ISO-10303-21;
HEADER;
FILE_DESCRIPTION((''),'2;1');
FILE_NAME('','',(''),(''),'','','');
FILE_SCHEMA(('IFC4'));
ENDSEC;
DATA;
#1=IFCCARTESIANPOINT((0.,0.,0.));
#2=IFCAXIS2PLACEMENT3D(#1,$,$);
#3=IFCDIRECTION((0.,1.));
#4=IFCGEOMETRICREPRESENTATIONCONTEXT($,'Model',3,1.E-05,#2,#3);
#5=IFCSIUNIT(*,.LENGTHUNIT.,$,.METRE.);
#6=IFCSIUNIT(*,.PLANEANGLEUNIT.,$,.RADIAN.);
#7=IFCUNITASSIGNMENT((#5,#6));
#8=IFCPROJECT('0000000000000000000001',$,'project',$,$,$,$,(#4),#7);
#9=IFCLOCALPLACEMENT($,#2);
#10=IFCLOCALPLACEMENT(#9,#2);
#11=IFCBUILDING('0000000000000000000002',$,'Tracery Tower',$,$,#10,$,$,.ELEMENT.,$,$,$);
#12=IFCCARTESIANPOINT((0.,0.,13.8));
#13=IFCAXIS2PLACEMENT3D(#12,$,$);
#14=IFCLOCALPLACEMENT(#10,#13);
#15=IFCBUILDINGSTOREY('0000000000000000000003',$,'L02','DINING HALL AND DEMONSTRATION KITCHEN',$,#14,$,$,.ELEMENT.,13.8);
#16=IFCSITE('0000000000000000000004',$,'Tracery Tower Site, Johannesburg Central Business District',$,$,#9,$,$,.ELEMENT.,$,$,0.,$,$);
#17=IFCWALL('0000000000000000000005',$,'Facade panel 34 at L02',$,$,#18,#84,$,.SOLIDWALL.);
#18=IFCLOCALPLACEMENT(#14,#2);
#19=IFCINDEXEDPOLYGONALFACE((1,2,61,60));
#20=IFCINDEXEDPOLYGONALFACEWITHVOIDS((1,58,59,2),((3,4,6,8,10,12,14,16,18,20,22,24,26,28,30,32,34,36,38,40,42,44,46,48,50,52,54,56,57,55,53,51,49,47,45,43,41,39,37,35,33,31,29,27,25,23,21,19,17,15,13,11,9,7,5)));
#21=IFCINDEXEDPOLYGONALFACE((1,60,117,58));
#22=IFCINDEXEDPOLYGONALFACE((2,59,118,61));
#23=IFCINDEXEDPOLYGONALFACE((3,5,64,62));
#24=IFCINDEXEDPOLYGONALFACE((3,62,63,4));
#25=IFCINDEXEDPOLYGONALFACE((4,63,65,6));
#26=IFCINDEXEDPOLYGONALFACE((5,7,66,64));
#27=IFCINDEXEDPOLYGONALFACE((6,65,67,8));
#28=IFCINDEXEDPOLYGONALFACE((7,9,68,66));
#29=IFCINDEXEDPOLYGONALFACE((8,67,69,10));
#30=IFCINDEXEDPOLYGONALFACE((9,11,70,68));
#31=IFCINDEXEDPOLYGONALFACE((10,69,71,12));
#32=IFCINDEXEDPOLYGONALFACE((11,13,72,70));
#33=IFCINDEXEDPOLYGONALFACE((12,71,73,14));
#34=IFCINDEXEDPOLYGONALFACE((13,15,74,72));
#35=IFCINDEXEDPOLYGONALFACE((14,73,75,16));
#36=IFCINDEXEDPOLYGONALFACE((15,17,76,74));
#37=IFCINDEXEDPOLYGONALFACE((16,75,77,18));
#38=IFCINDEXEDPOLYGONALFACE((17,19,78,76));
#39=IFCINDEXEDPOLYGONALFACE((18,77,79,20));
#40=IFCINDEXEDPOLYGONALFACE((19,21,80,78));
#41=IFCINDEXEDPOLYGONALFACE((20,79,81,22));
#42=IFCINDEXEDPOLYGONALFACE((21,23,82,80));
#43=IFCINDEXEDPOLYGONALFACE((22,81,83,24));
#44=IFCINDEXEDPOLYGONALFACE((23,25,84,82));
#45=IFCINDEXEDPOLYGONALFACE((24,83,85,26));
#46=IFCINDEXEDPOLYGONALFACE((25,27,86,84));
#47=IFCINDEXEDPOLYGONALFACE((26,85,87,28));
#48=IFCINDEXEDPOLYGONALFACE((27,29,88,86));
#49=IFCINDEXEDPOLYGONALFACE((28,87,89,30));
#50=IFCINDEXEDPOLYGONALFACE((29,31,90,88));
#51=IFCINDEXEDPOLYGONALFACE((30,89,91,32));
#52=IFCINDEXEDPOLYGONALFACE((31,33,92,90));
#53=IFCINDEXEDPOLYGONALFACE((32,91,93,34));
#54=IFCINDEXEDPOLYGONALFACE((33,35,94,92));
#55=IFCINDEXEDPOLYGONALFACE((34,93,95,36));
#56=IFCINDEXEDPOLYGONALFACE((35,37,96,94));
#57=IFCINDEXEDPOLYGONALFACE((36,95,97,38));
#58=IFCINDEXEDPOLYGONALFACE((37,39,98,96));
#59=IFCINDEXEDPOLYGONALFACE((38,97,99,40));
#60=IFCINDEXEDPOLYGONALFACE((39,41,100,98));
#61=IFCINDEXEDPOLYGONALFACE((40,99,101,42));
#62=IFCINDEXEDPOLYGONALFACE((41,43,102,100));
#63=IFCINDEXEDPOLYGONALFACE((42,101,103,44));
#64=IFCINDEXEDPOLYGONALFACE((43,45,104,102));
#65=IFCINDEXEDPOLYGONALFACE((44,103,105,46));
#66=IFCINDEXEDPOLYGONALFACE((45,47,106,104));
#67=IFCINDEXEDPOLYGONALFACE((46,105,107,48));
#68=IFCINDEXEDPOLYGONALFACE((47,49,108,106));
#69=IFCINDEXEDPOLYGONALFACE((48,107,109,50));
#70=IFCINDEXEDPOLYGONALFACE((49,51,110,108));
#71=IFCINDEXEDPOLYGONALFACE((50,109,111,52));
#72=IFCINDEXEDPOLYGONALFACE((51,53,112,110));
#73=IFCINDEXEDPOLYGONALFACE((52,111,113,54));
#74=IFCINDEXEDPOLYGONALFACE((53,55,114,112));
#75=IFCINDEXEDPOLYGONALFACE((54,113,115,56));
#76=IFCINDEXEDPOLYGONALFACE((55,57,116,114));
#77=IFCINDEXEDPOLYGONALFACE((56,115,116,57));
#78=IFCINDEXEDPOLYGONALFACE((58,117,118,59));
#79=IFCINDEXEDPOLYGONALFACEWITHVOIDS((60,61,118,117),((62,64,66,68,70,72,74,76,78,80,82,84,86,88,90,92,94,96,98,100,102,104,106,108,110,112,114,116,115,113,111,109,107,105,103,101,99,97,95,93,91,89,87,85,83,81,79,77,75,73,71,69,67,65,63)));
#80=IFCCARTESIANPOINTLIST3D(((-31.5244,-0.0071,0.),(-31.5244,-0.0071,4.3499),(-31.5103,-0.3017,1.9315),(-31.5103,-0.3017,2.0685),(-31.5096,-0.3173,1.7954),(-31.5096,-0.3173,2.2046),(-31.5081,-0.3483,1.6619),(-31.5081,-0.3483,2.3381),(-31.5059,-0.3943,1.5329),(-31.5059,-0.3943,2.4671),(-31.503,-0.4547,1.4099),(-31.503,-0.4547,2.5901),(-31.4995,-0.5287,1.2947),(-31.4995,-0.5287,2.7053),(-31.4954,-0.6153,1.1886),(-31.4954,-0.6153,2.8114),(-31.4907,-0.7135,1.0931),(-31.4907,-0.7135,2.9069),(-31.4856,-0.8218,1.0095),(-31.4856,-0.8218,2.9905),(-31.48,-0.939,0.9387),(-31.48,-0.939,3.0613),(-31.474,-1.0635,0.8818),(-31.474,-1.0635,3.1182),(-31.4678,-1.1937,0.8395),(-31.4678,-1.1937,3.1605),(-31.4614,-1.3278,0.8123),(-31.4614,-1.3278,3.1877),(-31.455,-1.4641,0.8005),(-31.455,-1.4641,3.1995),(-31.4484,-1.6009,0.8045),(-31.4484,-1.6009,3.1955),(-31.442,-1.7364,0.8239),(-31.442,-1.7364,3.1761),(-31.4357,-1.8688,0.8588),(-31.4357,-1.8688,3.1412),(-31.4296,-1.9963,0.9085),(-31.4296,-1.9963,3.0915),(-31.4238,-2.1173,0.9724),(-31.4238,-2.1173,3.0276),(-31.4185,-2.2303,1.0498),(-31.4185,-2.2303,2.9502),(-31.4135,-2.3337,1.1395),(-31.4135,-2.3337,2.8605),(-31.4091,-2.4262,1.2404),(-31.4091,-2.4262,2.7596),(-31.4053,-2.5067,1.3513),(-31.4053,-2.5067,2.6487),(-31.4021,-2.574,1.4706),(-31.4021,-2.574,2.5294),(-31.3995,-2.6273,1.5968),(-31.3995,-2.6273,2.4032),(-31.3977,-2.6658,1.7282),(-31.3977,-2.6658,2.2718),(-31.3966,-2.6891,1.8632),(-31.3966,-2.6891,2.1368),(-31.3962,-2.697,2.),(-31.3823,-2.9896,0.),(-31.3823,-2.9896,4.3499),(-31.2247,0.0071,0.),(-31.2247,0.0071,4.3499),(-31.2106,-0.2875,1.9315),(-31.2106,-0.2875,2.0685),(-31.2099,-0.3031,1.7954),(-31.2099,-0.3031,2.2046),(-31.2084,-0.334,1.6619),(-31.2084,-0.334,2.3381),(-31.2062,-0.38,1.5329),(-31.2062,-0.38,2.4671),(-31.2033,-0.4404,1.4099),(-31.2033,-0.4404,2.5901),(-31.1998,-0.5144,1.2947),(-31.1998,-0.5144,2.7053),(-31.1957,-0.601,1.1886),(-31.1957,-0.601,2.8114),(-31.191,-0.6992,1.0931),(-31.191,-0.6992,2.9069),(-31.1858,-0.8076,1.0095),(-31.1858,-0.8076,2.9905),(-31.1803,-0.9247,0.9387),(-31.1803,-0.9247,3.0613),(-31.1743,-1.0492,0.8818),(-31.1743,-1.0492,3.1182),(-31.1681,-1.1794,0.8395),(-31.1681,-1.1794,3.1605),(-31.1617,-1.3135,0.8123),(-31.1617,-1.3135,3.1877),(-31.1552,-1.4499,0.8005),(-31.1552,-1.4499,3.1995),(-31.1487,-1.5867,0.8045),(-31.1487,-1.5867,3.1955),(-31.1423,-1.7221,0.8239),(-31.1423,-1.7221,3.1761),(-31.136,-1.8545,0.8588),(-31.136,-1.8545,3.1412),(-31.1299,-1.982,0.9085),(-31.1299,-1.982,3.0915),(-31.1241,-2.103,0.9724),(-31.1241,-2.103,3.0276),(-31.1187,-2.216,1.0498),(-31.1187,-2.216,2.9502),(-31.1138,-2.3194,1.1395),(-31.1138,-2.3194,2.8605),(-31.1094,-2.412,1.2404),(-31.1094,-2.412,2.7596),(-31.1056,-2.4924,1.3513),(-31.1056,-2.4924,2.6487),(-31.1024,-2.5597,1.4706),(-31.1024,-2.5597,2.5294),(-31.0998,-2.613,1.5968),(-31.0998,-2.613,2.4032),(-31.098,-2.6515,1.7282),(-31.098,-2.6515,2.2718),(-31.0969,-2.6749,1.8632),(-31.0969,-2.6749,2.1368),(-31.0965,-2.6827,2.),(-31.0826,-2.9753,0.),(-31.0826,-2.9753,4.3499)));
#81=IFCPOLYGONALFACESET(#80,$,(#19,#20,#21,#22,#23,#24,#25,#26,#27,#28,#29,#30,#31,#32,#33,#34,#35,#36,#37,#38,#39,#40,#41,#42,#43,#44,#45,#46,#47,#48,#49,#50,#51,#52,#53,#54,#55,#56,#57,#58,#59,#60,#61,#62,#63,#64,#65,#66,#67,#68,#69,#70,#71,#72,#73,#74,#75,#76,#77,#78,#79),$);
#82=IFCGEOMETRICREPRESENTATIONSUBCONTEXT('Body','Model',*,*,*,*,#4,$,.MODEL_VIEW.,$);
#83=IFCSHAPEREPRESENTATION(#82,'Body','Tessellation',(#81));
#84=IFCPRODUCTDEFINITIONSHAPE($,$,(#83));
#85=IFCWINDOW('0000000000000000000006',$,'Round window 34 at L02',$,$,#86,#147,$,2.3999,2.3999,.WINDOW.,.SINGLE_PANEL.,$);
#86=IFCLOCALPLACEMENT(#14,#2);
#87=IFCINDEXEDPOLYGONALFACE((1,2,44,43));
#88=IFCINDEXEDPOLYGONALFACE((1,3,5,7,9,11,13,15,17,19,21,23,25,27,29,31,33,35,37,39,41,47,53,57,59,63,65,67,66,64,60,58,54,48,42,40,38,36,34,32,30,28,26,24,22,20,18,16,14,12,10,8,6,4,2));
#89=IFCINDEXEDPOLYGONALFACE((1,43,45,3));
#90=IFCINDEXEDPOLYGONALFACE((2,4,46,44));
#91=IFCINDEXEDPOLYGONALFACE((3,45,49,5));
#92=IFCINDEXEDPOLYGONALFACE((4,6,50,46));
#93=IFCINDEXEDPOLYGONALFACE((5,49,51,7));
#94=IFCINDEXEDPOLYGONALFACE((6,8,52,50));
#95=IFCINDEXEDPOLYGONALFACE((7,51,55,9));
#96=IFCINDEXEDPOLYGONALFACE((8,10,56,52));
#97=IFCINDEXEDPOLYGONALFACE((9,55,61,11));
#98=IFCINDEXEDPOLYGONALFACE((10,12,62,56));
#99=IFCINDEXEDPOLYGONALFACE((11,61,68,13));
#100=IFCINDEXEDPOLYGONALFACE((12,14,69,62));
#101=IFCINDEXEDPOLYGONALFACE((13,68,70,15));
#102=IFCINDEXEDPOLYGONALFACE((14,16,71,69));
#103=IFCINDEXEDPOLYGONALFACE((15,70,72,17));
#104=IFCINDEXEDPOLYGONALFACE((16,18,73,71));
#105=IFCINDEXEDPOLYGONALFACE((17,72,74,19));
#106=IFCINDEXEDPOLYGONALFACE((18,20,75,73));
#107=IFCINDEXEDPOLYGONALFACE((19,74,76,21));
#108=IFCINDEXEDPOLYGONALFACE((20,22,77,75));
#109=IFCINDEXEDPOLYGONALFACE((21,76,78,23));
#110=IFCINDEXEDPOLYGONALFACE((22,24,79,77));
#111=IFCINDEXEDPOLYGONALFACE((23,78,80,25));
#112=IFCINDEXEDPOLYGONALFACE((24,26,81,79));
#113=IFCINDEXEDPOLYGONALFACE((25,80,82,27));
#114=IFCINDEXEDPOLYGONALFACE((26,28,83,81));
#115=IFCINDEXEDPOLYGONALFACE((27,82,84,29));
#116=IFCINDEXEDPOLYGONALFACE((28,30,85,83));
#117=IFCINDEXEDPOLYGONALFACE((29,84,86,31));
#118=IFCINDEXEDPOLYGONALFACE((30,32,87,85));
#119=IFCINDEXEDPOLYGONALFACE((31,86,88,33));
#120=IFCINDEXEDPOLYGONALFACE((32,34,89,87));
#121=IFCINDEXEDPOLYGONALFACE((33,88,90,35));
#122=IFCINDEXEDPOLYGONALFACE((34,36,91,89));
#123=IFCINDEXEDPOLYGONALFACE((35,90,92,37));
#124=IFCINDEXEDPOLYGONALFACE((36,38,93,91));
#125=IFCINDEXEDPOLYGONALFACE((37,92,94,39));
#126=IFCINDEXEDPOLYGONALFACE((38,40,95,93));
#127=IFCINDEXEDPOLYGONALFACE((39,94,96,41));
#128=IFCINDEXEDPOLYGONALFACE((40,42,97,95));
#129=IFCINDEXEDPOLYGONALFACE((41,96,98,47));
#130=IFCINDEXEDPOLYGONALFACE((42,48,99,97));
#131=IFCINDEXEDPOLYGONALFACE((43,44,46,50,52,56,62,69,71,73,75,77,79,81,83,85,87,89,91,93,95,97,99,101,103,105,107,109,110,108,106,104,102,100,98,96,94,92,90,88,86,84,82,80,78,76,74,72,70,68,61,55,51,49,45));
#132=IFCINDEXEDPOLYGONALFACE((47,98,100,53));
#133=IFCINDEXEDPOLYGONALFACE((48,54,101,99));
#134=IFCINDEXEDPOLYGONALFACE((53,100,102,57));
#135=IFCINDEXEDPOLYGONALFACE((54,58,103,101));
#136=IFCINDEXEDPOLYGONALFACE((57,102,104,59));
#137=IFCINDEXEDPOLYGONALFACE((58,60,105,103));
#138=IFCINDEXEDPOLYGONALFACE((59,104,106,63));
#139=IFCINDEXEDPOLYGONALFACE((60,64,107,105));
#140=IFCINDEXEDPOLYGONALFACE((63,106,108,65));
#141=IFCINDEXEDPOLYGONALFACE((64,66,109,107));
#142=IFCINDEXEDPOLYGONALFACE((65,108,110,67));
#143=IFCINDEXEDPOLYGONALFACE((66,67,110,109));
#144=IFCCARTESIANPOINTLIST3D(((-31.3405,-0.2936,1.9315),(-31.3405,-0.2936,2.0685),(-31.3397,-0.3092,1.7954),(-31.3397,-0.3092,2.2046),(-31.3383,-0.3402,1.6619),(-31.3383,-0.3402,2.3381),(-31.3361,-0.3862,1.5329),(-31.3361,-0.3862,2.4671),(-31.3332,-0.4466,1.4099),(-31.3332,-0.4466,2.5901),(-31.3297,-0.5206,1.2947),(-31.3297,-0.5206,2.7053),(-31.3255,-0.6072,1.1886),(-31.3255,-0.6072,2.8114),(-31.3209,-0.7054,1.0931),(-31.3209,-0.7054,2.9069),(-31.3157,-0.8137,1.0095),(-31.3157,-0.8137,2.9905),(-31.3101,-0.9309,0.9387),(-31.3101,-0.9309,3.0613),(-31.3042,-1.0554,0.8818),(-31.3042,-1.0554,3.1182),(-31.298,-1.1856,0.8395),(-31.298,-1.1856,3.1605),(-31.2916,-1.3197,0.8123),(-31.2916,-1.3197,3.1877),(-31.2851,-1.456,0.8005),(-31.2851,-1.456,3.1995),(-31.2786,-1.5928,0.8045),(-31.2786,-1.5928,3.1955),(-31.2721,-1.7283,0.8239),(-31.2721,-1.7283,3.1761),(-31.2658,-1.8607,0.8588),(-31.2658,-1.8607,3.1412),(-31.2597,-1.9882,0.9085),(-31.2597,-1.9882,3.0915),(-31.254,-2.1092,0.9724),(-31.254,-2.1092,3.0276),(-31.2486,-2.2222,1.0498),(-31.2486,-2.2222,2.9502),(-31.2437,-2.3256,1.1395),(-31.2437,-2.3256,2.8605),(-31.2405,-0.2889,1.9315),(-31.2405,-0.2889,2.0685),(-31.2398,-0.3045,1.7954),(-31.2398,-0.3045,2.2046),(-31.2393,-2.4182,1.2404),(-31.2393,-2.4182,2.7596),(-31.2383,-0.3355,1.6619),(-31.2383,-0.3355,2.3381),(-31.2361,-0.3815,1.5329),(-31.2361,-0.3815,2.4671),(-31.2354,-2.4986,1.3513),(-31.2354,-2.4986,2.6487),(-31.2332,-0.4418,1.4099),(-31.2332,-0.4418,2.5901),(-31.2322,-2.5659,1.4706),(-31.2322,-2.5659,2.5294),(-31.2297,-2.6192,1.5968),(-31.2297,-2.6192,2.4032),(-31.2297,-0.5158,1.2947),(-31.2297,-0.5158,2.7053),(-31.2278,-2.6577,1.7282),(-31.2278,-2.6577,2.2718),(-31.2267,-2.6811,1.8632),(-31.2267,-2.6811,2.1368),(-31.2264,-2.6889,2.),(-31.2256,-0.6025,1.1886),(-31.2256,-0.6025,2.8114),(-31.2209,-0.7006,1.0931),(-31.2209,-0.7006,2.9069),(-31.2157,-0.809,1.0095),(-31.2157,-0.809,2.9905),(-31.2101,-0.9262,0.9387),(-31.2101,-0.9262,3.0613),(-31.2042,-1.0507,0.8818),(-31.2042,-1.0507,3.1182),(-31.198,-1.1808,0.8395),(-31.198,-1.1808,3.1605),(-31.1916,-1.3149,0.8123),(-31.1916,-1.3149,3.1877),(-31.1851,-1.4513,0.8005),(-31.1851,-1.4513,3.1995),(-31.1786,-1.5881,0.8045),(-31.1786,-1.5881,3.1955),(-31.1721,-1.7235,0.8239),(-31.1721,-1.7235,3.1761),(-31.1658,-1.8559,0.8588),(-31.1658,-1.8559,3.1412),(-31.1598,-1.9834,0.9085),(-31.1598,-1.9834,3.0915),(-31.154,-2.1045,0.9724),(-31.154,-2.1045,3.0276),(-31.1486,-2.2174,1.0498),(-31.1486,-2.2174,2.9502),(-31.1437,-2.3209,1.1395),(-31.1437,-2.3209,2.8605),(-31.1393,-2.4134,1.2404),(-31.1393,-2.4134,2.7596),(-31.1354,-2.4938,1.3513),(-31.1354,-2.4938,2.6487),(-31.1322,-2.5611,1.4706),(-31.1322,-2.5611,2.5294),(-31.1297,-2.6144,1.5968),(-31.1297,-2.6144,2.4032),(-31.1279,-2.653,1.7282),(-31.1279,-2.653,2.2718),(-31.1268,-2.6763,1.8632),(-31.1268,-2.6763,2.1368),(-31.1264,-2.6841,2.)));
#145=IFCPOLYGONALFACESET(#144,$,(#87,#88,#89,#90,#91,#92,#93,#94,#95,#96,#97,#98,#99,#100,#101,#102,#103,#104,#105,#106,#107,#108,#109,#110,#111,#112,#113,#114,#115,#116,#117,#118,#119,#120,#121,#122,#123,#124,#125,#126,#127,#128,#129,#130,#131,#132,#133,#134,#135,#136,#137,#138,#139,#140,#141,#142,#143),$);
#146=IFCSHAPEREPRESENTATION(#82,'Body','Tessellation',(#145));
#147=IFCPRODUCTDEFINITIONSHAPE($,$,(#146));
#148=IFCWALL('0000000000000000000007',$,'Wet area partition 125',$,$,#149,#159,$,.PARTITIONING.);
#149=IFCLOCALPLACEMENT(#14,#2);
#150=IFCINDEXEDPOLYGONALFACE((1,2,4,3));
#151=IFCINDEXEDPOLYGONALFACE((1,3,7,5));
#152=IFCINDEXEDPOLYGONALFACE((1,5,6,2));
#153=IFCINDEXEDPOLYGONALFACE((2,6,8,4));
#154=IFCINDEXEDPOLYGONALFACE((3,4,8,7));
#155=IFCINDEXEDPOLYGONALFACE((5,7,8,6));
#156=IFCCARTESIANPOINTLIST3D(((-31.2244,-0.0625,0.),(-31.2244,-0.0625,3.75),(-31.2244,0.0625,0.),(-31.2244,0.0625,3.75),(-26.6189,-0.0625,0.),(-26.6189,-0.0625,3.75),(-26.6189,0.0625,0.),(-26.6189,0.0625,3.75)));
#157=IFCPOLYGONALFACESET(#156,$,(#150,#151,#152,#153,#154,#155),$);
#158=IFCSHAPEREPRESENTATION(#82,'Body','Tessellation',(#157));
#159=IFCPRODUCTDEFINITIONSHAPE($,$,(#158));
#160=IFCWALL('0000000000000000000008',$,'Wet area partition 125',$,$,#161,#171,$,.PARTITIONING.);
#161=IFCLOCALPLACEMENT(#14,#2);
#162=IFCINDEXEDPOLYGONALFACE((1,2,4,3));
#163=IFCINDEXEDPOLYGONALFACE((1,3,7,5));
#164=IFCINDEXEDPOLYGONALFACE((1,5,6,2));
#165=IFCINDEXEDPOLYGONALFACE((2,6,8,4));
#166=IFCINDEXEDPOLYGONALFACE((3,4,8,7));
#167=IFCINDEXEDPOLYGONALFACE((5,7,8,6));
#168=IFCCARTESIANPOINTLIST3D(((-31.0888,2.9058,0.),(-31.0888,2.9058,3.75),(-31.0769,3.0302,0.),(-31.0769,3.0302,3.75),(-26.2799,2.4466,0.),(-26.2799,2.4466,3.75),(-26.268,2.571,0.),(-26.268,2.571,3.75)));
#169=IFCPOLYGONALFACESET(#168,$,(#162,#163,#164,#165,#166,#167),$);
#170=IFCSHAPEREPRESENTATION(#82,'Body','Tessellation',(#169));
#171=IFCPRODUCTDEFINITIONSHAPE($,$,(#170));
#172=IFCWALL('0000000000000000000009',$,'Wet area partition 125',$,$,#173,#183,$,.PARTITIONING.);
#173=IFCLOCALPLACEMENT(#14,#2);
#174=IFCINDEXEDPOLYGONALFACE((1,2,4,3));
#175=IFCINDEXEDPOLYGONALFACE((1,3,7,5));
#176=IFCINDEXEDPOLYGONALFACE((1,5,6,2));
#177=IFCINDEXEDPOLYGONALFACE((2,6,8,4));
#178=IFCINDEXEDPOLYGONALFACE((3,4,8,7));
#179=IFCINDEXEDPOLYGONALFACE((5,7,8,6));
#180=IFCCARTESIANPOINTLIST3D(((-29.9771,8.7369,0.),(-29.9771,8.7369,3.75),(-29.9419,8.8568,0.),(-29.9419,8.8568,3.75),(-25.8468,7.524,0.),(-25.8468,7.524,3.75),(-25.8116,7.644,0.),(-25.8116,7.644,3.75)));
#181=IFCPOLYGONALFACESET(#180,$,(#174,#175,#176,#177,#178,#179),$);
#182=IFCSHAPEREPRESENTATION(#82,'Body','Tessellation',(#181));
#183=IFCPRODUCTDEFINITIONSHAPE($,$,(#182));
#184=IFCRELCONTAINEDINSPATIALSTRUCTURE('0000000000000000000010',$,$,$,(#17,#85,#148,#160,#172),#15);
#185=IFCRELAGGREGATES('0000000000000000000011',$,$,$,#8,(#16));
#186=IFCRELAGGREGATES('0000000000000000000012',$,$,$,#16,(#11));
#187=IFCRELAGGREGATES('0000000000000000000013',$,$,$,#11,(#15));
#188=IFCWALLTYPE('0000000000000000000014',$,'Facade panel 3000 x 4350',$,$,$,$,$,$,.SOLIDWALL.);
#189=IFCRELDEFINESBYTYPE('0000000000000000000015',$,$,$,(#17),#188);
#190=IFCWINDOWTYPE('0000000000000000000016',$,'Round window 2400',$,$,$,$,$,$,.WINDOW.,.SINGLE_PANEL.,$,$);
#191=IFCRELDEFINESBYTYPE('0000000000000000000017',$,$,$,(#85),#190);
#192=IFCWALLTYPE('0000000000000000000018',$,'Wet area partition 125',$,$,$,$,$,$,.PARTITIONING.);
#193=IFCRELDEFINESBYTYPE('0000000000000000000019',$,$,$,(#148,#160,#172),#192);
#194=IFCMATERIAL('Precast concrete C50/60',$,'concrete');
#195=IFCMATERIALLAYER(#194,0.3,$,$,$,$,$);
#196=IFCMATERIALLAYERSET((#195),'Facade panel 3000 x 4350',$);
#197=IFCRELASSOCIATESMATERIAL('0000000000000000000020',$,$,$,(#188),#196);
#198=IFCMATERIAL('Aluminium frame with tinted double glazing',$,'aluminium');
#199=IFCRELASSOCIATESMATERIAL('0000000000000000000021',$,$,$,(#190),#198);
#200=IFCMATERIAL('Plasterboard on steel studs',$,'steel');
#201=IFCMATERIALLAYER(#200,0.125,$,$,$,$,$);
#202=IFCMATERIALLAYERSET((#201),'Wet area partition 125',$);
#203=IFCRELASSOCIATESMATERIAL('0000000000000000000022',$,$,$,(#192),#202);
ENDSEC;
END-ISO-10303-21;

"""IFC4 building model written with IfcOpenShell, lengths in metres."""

from ifc_helpers import new_model, si_unit, direction, frame, frame_2d, origin, origin_2d, place, context, subcontext, project, spatial, rectangle, circle, extrude, material, layer, layer_set, type_object, element, fill, save


model = new_model("IFC4")

# Units and contexts
model_context = context("Model", 3, precision=1e-05, world=origin(), true_north=direction((0.0, 1.0)))
body_context = subcontext(model_context, "Body", "Model", "MODEL_VIEW")
ifc_project = project(units=[si_unit("LENGTHUNIT", "METRE"), si_unit("PLANEANGLEUNIT", "RADIAN")], contexts=[model_context])

# Site, building, storey
site_placement = place(None, origin())
site = spatial("IfcSite", under=ifc_project, at=site_placement, Name="Tracery Tower Site, Johannesburg Central Business District", CompositionType="ELEMENT", RefElevation=0.0)
building_placement = place(site_placement, origin())
building = spatial("IfcBuilding", under=site, at=building_placement, Name="Tracery Tower", CompositionType="ELEMENT")
storey_placement = place(building_placement, frame((0.0, 0.0, 13.8)))
storey = spatial("IfcBuildingStorey", under=building, at=storey_placement, Name="L02", Description="DINING HALL AND DEMONSTRATION KITCHEN", CompositionType="ELEMENT", Elevation=13.8)

# Wall, opening, window
ifc_material_1 = material(Name="Precast concrete C50/60", Category="concrete")
ifc_layer_1 = layer(ifc_material_1, 0.3)
ifc_layer_set_1 = layer_set([ifc_layer_1], Name="Facade panel 3000 x 4350")
wall_type_1 = type_object("IfcWallType", Name="Facade panel 3000 x 4350", PredefinedType="SOLIDWALL", material=ifc_layer_set_1)
ifc_material_2 = material(Name="Aluminium frame with tinted double glazing", Category="aluminium")
window_type = type_object("IfcWindowType", Name="Round window 2400", PartitioningType="SINGLE_PANEL", PredefinedType="WINDOW", material=ifc_material_2)
wall_1_placement = place(storey_placement, frame((-31.3745, 0.0, 0.0), z_axis=(0.0, 0.0, 1.0), x_axis=(0.047588, -0.998867, 0.0)))
wall_1 = element("IfcWall", 1, at=wall_1_placement, inside=storey, type_object=wall_type_1, Name="Facade panel 34 at L02", PredefinedType="SOLIDWALL", context=body_context, shape_type="SweptSolid", body=[
    extrude(rectangle(XDim=2.9858, YDim=0.3, at=frame_2d((1.4929, 0.0))), origin(), (0.0, 0.0, 1.0), 4.3499),
])
opening_1_placement = place(wall_1_placement, frame((1.4929, 0.0, 2.0)))
opening_1 = element("IfcOpeningElement", 2, at=opening_1_placement, cuts=wall_1, PredefinedType="OPENING", context=body_context, shape_type="SweptSolid", body=[
    extrude(circle(Radius=1.2, at=origin_2d()), frame((0.0, 0.1599, 0.0), z_axis=(0.0, -1.0, 0.0), x_axis=(1.0, 0.0, 0.0)), (0.0, 0.0, 1.0), 0.3201),
])
window_1_placement = place(opening_1_placement, origin())
window_1 = element("IfcWindow", 3, at=window_1_placement, inside=storey, type_object=window_type, Name="Round window 34 at L02", OverallHeight=2.3999, OverallWidth=2.3999, PartitioningType="SINGLE_PANEL", PredefinedType="WINDOW", context=body_context, shape_type="SweptSolid", body=[
    extrude(circle(Radius=1.2, at=origin_2d()), frame((0.0, 0.1201, 0.0), z_axis=(0.0, -1.0, 0.0), x_axis=(1.0, 0.0, 0.0)), (0.0, 0.0, 1.0), 0.1001),
])
fill(opening_1, window_1)

# Walls
ifc_material_3 = material(Name="Plasterboard on steel studs", Category="steel")
ifc_layer_2 = layer(ifc_material_3, 0.125)
ifc_layer_set_2 = layer_set([ifc_layer_2], Name="Wet area partition 125")
wall_type_2 = type_object("IfcWallType", Name="Wet area partition 125", PredefinedType="PARTITIONING", material=ifc_layer_set_2)
wall_2_placement = place(storey_placement, frame((-31.2244, 0.0, 0.0), z_axis=(0.0, 0.0, 1.0), x_axis=(1.0, 0.0, 0.0)))
element("IfcWall", 4, at=wall_2_placement, inside=storey, type_object=wall_type_2, Name="Wet area partition 125", PredefinedType="PARTITIONING", context=body_context, shape_type="SweptSolid", body=[
    extrude(rectangle(XDim=4.6055, YDim=0.125, at=frame_2d((2.3027, 0.0))), origin(), (0.0, 0.0, 1.0), 3.75),
])
wall_3_placement = place(storey_placement, frame((-31.083, 2.968, 0.0), z_axis=(0.0, 0.0, 1.0), x_axis=(0.995471, -0.095064, 0.0)))
element("IfcWall", 5, at=wall_3_placement, inside=storey, type_object=wall_type_2, Name="Wet area partition 125", PredefinedType="PARTITIONING", context=body_context, shape_type="SweptSolid", body=[
    extrude(rectangle(XDim=4.8308, YDim=0.125, at=frame_2d((2.4155, 0.0))), origin(), (0.0, 0.0, 1.0), 3.75),
])
wall_4_placement = place(storey_placement, frame((-29.9595, 8.7969, 0.0), z_axis=(0.0, 0.0, 1.0), x_axis=(0.959486, -0.281755, 0.0)))
element("IfcWall", 6, at=wall_4_placement, inside=storey, type_object=wall_type_2, Name="Wet area partition 125", PredefinedType="PARTITIONING", context=body_context, shape_type="SweptSolid", body=[
    extrude(rectangle(XDim=4.3047, YDim=0.125, at=frame_2d((2.1523, 0.0))), origin(), (0.0, 0.0, 1.0), 3.75),
])

save(model, "model.ifc")
